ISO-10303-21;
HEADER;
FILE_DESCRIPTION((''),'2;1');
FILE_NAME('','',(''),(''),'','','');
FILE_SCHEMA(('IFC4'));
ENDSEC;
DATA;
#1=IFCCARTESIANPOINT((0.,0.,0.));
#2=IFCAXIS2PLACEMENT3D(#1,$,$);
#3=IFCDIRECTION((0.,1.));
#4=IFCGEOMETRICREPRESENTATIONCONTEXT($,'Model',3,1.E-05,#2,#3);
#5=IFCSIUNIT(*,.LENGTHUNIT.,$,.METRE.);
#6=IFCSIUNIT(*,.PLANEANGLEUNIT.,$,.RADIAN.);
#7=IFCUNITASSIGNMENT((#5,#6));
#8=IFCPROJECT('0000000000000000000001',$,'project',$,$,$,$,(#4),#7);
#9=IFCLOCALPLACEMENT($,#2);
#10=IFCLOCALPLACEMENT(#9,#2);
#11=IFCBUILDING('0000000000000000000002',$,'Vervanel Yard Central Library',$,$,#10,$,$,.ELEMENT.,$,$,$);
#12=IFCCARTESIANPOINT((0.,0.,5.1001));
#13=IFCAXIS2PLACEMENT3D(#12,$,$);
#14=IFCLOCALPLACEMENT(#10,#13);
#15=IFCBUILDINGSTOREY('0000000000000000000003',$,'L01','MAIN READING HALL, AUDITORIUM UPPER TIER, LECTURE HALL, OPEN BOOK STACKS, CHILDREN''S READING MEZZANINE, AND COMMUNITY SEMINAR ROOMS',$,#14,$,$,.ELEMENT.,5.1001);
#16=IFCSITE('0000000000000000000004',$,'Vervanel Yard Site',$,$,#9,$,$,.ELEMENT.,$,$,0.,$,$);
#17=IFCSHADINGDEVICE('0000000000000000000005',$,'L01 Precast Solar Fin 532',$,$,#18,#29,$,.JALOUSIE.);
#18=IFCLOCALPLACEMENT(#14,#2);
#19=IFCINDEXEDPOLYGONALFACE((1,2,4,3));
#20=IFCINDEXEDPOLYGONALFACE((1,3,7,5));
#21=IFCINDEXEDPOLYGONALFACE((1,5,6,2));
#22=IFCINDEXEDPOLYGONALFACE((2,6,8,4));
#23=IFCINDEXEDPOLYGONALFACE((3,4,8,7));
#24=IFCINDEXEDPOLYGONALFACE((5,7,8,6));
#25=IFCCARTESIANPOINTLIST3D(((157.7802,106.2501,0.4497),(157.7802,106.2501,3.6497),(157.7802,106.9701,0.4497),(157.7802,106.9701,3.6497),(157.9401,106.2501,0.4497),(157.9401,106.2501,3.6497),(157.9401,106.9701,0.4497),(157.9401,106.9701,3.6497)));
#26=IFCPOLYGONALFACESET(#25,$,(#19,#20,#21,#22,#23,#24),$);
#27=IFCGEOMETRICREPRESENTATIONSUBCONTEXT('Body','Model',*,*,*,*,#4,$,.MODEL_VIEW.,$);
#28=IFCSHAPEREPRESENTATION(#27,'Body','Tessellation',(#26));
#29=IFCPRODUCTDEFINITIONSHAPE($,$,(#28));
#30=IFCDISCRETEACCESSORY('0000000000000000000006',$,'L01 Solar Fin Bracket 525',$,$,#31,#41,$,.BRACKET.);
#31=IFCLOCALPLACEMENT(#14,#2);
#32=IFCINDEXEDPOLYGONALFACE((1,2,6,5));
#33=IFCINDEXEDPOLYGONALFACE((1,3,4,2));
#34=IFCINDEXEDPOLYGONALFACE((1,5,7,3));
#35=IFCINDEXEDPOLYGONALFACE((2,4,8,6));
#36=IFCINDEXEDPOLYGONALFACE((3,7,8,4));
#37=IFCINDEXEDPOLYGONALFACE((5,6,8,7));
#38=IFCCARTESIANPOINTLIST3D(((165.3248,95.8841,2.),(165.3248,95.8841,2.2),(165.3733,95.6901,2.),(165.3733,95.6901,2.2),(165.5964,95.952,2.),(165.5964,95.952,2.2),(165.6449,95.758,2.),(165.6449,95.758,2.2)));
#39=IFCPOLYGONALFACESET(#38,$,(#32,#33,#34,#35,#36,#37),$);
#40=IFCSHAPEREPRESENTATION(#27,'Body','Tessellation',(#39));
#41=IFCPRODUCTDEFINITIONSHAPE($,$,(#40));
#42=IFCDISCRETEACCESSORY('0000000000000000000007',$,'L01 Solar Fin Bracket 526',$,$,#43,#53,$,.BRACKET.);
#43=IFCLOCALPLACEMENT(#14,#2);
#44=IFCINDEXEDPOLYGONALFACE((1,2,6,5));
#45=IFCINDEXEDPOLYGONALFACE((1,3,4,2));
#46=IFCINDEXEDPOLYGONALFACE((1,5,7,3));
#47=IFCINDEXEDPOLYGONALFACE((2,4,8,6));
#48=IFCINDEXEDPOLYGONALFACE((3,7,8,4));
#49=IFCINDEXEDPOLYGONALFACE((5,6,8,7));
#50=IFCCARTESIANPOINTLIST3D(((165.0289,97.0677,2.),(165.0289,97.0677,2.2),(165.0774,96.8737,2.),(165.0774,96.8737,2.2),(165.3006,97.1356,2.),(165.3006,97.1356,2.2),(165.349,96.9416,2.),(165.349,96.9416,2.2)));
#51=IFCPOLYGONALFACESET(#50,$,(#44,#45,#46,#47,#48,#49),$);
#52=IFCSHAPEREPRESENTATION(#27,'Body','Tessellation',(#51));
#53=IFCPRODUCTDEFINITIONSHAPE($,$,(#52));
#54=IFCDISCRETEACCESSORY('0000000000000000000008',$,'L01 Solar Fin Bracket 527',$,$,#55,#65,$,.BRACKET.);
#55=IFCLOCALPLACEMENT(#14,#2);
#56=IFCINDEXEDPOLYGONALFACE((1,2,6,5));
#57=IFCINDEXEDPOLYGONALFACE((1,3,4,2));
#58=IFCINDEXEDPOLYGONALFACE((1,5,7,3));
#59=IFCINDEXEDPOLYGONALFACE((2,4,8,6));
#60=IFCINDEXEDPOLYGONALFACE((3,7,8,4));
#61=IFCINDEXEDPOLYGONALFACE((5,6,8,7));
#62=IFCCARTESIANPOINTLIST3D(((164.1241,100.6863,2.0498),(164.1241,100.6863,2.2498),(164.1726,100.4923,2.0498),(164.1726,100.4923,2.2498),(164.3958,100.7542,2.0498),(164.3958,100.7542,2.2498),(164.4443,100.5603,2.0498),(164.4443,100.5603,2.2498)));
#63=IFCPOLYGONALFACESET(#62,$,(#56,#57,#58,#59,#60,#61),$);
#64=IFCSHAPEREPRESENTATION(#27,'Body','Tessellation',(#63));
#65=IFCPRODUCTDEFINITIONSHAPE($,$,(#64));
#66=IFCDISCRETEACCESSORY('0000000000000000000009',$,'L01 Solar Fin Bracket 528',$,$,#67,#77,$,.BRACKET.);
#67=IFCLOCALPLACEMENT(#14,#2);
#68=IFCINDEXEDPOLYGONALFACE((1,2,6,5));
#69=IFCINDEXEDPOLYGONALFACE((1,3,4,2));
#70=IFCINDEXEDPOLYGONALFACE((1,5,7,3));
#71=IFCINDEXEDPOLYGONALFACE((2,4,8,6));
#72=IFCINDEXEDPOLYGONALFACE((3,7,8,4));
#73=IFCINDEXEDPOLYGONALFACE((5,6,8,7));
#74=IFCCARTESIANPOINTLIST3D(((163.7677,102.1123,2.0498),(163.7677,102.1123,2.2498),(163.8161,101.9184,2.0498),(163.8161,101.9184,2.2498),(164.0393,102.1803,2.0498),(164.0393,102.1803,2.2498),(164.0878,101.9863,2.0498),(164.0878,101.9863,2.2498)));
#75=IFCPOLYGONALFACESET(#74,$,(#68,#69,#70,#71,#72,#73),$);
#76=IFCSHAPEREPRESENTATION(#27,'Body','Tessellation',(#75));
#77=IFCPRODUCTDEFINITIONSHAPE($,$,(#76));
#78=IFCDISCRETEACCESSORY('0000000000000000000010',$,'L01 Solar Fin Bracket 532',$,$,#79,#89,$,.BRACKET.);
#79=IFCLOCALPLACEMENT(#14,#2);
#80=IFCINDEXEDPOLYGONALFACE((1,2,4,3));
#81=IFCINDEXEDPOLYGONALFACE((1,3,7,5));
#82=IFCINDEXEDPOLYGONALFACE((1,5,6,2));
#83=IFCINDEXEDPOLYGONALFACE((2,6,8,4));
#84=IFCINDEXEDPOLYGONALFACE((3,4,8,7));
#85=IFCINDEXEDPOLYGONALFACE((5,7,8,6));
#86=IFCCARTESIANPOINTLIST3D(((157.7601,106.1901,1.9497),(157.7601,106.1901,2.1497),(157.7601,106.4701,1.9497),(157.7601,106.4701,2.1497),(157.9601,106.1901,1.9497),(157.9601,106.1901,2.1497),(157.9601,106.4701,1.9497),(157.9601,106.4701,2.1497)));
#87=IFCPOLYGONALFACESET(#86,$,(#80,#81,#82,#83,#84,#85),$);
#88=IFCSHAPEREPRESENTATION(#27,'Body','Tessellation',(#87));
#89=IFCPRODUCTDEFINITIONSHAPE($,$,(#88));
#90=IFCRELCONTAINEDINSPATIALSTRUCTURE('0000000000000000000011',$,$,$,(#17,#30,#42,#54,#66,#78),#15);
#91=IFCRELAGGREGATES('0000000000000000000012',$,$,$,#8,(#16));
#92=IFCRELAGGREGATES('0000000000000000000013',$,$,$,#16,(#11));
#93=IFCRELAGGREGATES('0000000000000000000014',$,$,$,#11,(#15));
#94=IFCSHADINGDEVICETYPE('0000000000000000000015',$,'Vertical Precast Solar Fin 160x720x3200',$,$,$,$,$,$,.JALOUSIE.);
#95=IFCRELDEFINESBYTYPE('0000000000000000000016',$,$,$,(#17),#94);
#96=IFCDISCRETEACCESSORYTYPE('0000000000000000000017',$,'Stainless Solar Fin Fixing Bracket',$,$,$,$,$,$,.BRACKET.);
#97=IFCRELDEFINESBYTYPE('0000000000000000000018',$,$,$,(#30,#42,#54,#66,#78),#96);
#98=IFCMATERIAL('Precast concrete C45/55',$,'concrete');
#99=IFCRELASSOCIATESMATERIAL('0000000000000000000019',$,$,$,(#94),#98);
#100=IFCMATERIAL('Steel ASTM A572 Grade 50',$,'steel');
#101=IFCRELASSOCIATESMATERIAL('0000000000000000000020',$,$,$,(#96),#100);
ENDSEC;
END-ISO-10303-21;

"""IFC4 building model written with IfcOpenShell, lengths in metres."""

from ifc_helpers import new_model, si_unit, direction, frame, origin, origin_2d, place, context, subcontext, project, spatial, rectangle, extrude, material, type_object, element, save


model = new_model("IFC4")

# Units and contexts
model_context = context("Model", 3, precision=1e-05, world=origin(), true_north=direction((0.0, 1.0)))
body_context = subcontext(model_context, "Body", "Model", "MODEL_VIEW")
ifc_project = project(units=[si_unit("LENGTHUNIT", "METRE"), si_unit("PLANEANGLEUNIT", "RADIAN")], contexts=[model_context])

# Site, building, storey
site_placement = place(None, origin())
site = spatial("IfcSite", under=ifc_project, at=site_placement, Name="Vervanel Yard Site", CompositionType="ELEMENT", RefElevation=0.0)
building_placement = place(site_placement, origin())
building = spatial("IfcBuilding", under=site, at=building_placement, Name="Vervanel Yard Central Library", CompositionType="ELEMENT")
storey_placement = place(building_placement, frame((0.0, 0.0, 5.1001)))
storey = spatial("IfcBuildingStorey", under=building, at=storey_placement, Name="L01", Description="MAIN READING HALL, AUDITORIUM UPPER TIER, LECTURE HALL, OPEN BOOK STACKS, CHILDREN'S READING MEZZANINE, AND COMMUNITY SEMINAR ROOMS", CompositionType="ELEMENT", Elevation=5.1001)

# Shared definitions
ifc_material_1 = material(Name="Precast concrete C45/55", Category="concrete")

# Shading device
shading_device_type = type_object("IfcShadingDeviceType", Name="Vertical Precast Solar Fin 160x720x3200", PredefinedType="JALOUSIE", material=ifc_material_1)
for number, where, z_axis, x_axis, name in (
    (1, (157.8601, 106.6101, 0.4497), (0.0, 0.0, 1.0), (1.0, 0.0, 0.0), "L01 Precast Solar Fin 532"),
):
    element("IfcShadingDevice", number, at=place(storey_placement, frame(where, z_axis=z_axis, x_axis=x_axis)), inside=storey, type_object=shading_device_type, Name=name, PredefinedType="JALOUSIE", context=body_context, shape_type="SweptSolid", body=[
        extrude(rectangle(XDim=0.1599, YDim=0.72, at=origin_2d()), origin(), (0.0, 0.0, 1.0), 3.2),
    ])

# Discrete accessories
ifc_material_2 = material(Name="Steel ASTM A572 Grade 50", Category="steel")
discrete_accessory_type = type_object("IfcDiscreteAccessoryType", Name="Stainless Solar Fin Fixing Bracket", PredefinedType="BRACKET", material=ifc_material_2)
for number, where, z_axis, x_axis, name in (
    (2, (165.4849, 95.821, 2.0), (0.0, 0.0, 1.0), (-0.242535, 0.970143, 0.0), "L01 Solar Fin Bracket 525"),
    (3, (165.189, 97.0046, 2.0), (0.0, 0.0, 1.0), (-0.242535, 0.970143, 0.0), "L01 Solar Fin Bracket 526"),
    (4, (164.2842, 100.6233, 2.0498), (0.0, 0.0, 1.0), (-0.242535, 0.970143, 0.0), "L01 Solar Fin Bracket 527"),
    (5, (163.9277, 102.0493, 2.0498), (0.0, 0.0, 1.0), (-0.242535, 0.970143, 0.0), "L01 Solar Fin Bracket 528"),
    (6, (157.8601, 106.3301, 1.9497), (0.0, 0.0, 1.0), (1.0, 0.0, 0.0), "L01 Solar Fin Bracket 532"),
):
    element("IfcDiscreteAccessory", number, at=place(storey_placement, frame(where, z_axis=z_axis, x_axis=x_axis)), inside=storey, type_object=discrete_accessory_type, Name=name, PredefinedType="BRACKET", context=body_context, shape_type="SweptSolid", body=[
        extrude(rectangle(XDim=0.2, YDim=0.28, at=origin_2d()), origin(), (0.0, 0.0, 1.0), 0.2),
    ])

save(model, "model.ifc")
